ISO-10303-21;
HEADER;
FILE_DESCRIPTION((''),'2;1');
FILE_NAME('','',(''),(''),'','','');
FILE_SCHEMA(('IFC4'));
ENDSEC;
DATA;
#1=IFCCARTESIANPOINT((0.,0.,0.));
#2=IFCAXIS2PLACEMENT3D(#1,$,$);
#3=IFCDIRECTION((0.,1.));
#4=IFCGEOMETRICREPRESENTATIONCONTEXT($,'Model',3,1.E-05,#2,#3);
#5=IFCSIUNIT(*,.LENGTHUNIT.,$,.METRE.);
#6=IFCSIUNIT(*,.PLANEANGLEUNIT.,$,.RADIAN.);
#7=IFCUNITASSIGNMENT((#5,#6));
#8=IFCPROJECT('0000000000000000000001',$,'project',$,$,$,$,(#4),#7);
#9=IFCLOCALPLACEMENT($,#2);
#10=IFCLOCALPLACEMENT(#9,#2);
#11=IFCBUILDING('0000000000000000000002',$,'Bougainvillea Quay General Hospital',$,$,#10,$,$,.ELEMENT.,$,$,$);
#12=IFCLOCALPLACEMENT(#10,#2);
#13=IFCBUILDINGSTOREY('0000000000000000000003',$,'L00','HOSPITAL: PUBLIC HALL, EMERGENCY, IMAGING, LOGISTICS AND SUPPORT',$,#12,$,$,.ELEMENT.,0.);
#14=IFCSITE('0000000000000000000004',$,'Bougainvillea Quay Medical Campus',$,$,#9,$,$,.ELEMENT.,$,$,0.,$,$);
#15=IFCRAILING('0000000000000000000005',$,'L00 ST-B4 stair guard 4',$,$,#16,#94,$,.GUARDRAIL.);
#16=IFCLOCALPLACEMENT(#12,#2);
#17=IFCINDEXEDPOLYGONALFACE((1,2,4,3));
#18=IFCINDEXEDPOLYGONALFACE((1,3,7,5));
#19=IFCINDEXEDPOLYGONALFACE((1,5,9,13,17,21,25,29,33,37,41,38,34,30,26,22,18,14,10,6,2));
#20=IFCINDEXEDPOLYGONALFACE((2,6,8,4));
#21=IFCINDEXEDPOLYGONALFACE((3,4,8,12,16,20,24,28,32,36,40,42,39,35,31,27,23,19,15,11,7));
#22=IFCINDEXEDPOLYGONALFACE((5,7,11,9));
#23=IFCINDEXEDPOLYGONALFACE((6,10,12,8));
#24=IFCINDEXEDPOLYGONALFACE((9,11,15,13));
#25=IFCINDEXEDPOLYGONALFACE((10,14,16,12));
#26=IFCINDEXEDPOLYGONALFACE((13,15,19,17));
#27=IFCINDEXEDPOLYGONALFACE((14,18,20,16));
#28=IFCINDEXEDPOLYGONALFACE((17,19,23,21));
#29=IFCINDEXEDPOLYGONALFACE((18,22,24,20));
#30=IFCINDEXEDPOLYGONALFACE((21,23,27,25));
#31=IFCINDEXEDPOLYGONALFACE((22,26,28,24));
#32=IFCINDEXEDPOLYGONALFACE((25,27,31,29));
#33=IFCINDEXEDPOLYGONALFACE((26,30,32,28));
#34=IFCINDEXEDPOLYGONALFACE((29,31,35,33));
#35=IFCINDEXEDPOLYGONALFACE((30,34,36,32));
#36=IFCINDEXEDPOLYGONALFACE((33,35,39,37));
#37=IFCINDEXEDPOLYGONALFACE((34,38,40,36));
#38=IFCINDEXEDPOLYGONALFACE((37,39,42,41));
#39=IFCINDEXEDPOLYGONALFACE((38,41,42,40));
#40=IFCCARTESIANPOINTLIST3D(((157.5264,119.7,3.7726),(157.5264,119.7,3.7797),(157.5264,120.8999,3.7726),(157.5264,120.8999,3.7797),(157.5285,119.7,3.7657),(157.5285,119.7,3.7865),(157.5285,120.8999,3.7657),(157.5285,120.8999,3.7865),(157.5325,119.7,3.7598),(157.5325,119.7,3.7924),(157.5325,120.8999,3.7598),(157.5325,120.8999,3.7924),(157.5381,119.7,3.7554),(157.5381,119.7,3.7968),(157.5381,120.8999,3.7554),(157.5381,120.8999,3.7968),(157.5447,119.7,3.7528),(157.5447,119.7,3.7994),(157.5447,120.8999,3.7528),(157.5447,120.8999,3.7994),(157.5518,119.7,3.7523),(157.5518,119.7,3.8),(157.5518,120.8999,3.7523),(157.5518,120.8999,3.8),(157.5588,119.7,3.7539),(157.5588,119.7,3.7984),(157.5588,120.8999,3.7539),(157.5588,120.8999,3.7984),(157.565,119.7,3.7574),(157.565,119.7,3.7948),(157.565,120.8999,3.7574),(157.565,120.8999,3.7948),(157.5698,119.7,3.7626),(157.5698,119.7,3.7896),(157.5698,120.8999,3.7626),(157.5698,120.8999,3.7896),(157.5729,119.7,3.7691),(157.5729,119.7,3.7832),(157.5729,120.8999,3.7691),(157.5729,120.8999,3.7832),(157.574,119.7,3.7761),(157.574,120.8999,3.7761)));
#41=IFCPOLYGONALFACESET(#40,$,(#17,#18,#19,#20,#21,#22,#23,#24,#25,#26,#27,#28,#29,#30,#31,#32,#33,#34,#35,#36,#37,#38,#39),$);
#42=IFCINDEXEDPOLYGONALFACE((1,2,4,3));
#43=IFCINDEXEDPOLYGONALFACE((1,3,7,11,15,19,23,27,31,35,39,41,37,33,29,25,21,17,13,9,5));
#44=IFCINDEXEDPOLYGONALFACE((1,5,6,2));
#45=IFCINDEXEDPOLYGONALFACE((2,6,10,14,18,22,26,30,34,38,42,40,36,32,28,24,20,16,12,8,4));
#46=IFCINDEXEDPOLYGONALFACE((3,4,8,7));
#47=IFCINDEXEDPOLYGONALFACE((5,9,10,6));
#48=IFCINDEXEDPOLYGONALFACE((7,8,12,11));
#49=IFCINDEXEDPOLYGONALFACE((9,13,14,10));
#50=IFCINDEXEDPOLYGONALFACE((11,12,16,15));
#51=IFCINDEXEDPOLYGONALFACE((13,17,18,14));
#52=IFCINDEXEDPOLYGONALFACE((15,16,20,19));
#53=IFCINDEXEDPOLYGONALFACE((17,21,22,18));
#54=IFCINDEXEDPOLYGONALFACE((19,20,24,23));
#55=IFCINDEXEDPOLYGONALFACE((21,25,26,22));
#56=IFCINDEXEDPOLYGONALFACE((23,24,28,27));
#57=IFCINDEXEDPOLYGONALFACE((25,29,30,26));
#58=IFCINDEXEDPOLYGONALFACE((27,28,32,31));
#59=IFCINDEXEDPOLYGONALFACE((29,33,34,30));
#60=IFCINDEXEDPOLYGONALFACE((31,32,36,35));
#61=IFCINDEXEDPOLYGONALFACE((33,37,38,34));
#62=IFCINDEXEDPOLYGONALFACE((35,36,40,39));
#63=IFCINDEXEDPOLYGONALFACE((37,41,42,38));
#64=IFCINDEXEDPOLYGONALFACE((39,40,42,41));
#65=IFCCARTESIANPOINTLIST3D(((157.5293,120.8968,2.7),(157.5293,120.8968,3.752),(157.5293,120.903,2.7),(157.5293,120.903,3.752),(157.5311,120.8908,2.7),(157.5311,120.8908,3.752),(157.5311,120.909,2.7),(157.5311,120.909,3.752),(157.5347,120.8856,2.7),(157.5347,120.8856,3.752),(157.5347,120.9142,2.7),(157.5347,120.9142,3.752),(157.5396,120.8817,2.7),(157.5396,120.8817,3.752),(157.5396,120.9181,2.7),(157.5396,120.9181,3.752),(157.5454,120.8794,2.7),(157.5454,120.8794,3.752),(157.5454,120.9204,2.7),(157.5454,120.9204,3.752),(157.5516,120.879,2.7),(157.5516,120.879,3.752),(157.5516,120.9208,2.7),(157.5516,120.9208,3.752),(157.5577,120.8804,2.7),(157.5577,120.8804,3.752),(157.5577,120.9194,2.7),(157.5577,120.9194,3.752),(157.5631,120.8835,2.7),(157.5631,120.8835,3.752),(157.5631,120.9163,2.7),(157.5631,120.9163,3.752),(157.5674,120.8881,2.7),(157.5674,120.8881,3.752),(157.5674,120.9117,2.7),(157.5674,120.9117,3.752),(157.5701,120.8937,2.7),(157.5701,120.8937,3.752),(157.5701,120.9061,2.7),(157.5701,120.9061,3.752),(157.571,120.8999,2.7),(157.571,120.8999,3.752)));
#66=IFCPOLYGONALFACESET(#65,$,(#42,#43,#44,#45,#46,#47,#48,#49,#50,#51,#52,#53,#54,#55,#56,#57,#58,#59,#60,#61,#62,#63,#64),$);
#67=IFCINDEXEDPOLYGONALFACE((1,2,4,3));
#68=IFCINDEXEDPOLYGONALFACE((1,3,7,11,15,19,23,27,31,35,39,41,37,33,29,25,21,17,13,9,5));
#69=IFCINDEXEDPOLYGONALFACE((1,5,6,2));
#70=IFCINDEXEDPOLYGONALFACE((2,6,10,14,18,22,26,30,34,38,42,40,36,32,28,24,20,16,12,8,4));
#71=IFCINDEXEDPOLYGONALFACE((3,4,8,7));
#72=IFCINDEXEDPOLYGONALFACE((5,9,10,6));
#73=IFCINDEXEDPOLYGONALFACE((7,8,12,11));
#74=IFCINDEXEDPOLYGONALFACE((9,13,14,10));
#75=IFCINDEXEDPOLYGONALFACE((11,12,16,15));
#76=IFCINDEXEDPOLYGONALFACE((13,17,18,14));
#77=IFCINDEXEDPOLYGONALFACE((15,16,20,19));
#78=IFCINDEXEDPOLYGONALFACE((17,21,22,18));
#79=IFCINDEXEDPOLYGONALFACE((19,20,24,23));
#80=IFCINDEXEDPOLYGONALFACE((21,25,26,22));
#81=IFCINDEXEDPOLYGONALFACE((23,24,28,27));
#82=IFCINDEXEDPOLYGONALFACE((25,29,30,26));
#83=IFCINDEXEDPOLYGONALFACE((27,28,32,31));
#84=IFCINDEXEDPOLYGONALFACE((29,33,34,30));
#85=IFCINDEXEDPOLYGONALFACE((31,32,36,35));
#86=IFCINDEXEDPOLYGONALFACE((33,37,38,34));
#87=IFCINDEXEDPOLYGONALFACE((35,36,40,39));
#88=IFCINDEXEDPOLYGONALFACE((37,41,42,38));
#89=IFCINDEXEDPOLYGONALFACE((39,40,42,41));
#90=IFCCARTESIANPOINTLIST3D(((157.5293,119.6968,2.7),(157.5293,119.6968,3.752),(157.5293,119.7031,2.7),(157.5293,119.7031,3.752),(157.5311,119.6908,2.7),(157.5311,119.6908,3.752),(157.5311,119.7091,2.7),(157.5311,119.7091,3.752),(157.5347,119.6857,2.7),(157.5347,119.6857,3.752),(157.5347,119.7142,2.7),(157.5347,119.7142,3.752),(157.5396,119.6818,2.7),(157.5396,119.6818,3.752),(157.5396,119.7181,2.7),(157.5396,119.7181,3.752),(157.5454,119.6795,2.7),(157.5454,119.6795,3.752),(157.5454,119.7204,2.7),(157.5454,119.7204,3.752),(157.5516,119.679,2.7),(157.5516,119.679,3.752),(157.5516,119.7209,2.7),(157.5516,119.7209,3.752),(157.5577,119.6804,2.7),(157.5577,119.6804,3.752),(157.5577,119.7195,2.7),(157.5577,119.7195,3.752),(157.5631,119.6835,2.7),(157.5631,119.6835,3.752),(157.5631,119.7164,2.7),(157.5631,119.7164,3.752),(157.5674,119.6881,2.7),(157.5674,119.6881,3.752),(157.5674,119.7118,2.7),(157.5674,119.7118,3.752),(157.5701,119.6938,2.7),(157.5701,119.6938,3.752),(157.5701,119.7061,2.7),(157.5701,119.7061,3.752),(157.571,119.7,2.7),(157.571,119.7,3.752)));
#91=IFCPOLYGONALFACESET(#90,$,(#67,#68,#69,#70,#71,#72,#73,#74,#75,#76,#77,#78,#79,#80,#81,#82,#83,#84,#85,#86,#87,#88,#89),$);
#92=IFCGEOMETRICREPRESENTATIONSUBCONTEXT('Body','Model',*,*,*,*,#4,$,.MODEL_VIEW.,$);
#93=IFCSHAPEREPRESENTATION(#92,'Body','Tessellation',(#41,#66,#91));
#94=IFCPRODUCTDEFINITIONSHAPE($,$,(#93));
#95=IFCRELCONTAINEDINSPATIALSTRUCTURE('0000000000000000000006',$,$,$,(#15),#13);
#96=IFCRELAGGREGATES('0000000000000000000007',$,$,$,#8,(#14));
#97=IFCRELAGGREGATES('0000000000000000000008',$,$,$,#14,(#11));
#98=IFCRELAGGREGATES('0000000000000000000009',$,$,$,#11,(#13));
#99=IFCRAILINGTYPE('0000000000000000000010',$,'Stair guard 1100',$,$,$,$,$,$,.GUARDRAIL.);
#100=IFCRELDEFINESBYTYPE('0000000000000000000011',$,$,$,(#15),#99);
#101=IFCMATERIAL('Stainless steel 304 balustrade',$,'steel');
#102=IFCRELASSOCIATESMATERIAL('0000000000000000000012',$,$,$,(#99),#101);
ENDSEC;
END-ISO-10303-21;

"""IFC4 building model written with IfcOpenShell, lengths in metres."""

from ifc_helpers import new_model, si_unit, direction, frame, origin, origin_2d, place, context, subcontext, project, spatial, circle, extrude, material, type_object, element, save


model = new_model("IFC4")

# Units and contexts
model_context = context("Model", 3, precision=1e-05, world=origin(), true_north=direction((0.0, 1.0)))
body_context = subcontext(model_context, "Body", "Model", "MODEL_VIEW")
ifc_project = project(units=[si_unit("LENGTHUNIT", "METRE"), si_unit("PLANEANGLEUNIT", "RADIAN")], contexts=[model_context])

# Site, building, storey
site_placement = place(None, origin())
site = spatial("IfcSite", under=ifc_project, at=site_placement, Name="Bougainvillea Quay Medical Campus", CompositionType="ELEMENT", RefElevation=0.0)
building_placement = place(site_placement, origin())
building = spatial("IfcBuilding", under=site, at=building_placement, Name="Bougainvillea Quay General Hospital", CompositionType="ELEMENT")
storey_placement = place(building_placement, origin())
storey = spatial("IfcBuildingStorey", under=building, at=storey_placement, Name="L00", Description="HOSPITAL: PUBLIC HALL, EMERGENCY, IMAGING, LOGISTICS AND SUPPORT", CompositionType="ELEMENT", Elevation=0.0)

# Railing
ifc_material_1 = material(Name="Stainless steel 304 balustrade", Category="steel")
railing_type_1 = type_object("IfcRailingType", Name="Stair guard 1100", PredefinedType="GUARDRAIL", material=ifc_material_1)
railing_1_placement = place(storey_placement, frame((157.55, 120.8999, 2.7)))
element("IfcRailing", 1, at=railing_1_placement, inside=storey, type_object=railing_type_1, Name="L00 ST-B4 stair guard 4", PredefinedType="GUARDRAIL", context=body_context, shape_type="SweptSolid", body=[
    extrude(circle(Radius=0.0239, at=origin_2d()), frame((0.0, 0.0, 1.0762), z_axis=(0.0, -1.0, 0.0), x_axis=(1.0, 0.0, 0.0)), (0.0, 0.0, 1.0), 1.2),
    extrude(circle(Radius=0.021, at=origin_2d()), origin(), (0.0, 0.0, 1.0), 1.052),
    extrude(circle(Radius=0.021, at=origin_2d()), frame((0.0, -1.2, 0.0)), (0.0, 0.0, 1.0), 1.052),
])

save(model, "model.ifc")
